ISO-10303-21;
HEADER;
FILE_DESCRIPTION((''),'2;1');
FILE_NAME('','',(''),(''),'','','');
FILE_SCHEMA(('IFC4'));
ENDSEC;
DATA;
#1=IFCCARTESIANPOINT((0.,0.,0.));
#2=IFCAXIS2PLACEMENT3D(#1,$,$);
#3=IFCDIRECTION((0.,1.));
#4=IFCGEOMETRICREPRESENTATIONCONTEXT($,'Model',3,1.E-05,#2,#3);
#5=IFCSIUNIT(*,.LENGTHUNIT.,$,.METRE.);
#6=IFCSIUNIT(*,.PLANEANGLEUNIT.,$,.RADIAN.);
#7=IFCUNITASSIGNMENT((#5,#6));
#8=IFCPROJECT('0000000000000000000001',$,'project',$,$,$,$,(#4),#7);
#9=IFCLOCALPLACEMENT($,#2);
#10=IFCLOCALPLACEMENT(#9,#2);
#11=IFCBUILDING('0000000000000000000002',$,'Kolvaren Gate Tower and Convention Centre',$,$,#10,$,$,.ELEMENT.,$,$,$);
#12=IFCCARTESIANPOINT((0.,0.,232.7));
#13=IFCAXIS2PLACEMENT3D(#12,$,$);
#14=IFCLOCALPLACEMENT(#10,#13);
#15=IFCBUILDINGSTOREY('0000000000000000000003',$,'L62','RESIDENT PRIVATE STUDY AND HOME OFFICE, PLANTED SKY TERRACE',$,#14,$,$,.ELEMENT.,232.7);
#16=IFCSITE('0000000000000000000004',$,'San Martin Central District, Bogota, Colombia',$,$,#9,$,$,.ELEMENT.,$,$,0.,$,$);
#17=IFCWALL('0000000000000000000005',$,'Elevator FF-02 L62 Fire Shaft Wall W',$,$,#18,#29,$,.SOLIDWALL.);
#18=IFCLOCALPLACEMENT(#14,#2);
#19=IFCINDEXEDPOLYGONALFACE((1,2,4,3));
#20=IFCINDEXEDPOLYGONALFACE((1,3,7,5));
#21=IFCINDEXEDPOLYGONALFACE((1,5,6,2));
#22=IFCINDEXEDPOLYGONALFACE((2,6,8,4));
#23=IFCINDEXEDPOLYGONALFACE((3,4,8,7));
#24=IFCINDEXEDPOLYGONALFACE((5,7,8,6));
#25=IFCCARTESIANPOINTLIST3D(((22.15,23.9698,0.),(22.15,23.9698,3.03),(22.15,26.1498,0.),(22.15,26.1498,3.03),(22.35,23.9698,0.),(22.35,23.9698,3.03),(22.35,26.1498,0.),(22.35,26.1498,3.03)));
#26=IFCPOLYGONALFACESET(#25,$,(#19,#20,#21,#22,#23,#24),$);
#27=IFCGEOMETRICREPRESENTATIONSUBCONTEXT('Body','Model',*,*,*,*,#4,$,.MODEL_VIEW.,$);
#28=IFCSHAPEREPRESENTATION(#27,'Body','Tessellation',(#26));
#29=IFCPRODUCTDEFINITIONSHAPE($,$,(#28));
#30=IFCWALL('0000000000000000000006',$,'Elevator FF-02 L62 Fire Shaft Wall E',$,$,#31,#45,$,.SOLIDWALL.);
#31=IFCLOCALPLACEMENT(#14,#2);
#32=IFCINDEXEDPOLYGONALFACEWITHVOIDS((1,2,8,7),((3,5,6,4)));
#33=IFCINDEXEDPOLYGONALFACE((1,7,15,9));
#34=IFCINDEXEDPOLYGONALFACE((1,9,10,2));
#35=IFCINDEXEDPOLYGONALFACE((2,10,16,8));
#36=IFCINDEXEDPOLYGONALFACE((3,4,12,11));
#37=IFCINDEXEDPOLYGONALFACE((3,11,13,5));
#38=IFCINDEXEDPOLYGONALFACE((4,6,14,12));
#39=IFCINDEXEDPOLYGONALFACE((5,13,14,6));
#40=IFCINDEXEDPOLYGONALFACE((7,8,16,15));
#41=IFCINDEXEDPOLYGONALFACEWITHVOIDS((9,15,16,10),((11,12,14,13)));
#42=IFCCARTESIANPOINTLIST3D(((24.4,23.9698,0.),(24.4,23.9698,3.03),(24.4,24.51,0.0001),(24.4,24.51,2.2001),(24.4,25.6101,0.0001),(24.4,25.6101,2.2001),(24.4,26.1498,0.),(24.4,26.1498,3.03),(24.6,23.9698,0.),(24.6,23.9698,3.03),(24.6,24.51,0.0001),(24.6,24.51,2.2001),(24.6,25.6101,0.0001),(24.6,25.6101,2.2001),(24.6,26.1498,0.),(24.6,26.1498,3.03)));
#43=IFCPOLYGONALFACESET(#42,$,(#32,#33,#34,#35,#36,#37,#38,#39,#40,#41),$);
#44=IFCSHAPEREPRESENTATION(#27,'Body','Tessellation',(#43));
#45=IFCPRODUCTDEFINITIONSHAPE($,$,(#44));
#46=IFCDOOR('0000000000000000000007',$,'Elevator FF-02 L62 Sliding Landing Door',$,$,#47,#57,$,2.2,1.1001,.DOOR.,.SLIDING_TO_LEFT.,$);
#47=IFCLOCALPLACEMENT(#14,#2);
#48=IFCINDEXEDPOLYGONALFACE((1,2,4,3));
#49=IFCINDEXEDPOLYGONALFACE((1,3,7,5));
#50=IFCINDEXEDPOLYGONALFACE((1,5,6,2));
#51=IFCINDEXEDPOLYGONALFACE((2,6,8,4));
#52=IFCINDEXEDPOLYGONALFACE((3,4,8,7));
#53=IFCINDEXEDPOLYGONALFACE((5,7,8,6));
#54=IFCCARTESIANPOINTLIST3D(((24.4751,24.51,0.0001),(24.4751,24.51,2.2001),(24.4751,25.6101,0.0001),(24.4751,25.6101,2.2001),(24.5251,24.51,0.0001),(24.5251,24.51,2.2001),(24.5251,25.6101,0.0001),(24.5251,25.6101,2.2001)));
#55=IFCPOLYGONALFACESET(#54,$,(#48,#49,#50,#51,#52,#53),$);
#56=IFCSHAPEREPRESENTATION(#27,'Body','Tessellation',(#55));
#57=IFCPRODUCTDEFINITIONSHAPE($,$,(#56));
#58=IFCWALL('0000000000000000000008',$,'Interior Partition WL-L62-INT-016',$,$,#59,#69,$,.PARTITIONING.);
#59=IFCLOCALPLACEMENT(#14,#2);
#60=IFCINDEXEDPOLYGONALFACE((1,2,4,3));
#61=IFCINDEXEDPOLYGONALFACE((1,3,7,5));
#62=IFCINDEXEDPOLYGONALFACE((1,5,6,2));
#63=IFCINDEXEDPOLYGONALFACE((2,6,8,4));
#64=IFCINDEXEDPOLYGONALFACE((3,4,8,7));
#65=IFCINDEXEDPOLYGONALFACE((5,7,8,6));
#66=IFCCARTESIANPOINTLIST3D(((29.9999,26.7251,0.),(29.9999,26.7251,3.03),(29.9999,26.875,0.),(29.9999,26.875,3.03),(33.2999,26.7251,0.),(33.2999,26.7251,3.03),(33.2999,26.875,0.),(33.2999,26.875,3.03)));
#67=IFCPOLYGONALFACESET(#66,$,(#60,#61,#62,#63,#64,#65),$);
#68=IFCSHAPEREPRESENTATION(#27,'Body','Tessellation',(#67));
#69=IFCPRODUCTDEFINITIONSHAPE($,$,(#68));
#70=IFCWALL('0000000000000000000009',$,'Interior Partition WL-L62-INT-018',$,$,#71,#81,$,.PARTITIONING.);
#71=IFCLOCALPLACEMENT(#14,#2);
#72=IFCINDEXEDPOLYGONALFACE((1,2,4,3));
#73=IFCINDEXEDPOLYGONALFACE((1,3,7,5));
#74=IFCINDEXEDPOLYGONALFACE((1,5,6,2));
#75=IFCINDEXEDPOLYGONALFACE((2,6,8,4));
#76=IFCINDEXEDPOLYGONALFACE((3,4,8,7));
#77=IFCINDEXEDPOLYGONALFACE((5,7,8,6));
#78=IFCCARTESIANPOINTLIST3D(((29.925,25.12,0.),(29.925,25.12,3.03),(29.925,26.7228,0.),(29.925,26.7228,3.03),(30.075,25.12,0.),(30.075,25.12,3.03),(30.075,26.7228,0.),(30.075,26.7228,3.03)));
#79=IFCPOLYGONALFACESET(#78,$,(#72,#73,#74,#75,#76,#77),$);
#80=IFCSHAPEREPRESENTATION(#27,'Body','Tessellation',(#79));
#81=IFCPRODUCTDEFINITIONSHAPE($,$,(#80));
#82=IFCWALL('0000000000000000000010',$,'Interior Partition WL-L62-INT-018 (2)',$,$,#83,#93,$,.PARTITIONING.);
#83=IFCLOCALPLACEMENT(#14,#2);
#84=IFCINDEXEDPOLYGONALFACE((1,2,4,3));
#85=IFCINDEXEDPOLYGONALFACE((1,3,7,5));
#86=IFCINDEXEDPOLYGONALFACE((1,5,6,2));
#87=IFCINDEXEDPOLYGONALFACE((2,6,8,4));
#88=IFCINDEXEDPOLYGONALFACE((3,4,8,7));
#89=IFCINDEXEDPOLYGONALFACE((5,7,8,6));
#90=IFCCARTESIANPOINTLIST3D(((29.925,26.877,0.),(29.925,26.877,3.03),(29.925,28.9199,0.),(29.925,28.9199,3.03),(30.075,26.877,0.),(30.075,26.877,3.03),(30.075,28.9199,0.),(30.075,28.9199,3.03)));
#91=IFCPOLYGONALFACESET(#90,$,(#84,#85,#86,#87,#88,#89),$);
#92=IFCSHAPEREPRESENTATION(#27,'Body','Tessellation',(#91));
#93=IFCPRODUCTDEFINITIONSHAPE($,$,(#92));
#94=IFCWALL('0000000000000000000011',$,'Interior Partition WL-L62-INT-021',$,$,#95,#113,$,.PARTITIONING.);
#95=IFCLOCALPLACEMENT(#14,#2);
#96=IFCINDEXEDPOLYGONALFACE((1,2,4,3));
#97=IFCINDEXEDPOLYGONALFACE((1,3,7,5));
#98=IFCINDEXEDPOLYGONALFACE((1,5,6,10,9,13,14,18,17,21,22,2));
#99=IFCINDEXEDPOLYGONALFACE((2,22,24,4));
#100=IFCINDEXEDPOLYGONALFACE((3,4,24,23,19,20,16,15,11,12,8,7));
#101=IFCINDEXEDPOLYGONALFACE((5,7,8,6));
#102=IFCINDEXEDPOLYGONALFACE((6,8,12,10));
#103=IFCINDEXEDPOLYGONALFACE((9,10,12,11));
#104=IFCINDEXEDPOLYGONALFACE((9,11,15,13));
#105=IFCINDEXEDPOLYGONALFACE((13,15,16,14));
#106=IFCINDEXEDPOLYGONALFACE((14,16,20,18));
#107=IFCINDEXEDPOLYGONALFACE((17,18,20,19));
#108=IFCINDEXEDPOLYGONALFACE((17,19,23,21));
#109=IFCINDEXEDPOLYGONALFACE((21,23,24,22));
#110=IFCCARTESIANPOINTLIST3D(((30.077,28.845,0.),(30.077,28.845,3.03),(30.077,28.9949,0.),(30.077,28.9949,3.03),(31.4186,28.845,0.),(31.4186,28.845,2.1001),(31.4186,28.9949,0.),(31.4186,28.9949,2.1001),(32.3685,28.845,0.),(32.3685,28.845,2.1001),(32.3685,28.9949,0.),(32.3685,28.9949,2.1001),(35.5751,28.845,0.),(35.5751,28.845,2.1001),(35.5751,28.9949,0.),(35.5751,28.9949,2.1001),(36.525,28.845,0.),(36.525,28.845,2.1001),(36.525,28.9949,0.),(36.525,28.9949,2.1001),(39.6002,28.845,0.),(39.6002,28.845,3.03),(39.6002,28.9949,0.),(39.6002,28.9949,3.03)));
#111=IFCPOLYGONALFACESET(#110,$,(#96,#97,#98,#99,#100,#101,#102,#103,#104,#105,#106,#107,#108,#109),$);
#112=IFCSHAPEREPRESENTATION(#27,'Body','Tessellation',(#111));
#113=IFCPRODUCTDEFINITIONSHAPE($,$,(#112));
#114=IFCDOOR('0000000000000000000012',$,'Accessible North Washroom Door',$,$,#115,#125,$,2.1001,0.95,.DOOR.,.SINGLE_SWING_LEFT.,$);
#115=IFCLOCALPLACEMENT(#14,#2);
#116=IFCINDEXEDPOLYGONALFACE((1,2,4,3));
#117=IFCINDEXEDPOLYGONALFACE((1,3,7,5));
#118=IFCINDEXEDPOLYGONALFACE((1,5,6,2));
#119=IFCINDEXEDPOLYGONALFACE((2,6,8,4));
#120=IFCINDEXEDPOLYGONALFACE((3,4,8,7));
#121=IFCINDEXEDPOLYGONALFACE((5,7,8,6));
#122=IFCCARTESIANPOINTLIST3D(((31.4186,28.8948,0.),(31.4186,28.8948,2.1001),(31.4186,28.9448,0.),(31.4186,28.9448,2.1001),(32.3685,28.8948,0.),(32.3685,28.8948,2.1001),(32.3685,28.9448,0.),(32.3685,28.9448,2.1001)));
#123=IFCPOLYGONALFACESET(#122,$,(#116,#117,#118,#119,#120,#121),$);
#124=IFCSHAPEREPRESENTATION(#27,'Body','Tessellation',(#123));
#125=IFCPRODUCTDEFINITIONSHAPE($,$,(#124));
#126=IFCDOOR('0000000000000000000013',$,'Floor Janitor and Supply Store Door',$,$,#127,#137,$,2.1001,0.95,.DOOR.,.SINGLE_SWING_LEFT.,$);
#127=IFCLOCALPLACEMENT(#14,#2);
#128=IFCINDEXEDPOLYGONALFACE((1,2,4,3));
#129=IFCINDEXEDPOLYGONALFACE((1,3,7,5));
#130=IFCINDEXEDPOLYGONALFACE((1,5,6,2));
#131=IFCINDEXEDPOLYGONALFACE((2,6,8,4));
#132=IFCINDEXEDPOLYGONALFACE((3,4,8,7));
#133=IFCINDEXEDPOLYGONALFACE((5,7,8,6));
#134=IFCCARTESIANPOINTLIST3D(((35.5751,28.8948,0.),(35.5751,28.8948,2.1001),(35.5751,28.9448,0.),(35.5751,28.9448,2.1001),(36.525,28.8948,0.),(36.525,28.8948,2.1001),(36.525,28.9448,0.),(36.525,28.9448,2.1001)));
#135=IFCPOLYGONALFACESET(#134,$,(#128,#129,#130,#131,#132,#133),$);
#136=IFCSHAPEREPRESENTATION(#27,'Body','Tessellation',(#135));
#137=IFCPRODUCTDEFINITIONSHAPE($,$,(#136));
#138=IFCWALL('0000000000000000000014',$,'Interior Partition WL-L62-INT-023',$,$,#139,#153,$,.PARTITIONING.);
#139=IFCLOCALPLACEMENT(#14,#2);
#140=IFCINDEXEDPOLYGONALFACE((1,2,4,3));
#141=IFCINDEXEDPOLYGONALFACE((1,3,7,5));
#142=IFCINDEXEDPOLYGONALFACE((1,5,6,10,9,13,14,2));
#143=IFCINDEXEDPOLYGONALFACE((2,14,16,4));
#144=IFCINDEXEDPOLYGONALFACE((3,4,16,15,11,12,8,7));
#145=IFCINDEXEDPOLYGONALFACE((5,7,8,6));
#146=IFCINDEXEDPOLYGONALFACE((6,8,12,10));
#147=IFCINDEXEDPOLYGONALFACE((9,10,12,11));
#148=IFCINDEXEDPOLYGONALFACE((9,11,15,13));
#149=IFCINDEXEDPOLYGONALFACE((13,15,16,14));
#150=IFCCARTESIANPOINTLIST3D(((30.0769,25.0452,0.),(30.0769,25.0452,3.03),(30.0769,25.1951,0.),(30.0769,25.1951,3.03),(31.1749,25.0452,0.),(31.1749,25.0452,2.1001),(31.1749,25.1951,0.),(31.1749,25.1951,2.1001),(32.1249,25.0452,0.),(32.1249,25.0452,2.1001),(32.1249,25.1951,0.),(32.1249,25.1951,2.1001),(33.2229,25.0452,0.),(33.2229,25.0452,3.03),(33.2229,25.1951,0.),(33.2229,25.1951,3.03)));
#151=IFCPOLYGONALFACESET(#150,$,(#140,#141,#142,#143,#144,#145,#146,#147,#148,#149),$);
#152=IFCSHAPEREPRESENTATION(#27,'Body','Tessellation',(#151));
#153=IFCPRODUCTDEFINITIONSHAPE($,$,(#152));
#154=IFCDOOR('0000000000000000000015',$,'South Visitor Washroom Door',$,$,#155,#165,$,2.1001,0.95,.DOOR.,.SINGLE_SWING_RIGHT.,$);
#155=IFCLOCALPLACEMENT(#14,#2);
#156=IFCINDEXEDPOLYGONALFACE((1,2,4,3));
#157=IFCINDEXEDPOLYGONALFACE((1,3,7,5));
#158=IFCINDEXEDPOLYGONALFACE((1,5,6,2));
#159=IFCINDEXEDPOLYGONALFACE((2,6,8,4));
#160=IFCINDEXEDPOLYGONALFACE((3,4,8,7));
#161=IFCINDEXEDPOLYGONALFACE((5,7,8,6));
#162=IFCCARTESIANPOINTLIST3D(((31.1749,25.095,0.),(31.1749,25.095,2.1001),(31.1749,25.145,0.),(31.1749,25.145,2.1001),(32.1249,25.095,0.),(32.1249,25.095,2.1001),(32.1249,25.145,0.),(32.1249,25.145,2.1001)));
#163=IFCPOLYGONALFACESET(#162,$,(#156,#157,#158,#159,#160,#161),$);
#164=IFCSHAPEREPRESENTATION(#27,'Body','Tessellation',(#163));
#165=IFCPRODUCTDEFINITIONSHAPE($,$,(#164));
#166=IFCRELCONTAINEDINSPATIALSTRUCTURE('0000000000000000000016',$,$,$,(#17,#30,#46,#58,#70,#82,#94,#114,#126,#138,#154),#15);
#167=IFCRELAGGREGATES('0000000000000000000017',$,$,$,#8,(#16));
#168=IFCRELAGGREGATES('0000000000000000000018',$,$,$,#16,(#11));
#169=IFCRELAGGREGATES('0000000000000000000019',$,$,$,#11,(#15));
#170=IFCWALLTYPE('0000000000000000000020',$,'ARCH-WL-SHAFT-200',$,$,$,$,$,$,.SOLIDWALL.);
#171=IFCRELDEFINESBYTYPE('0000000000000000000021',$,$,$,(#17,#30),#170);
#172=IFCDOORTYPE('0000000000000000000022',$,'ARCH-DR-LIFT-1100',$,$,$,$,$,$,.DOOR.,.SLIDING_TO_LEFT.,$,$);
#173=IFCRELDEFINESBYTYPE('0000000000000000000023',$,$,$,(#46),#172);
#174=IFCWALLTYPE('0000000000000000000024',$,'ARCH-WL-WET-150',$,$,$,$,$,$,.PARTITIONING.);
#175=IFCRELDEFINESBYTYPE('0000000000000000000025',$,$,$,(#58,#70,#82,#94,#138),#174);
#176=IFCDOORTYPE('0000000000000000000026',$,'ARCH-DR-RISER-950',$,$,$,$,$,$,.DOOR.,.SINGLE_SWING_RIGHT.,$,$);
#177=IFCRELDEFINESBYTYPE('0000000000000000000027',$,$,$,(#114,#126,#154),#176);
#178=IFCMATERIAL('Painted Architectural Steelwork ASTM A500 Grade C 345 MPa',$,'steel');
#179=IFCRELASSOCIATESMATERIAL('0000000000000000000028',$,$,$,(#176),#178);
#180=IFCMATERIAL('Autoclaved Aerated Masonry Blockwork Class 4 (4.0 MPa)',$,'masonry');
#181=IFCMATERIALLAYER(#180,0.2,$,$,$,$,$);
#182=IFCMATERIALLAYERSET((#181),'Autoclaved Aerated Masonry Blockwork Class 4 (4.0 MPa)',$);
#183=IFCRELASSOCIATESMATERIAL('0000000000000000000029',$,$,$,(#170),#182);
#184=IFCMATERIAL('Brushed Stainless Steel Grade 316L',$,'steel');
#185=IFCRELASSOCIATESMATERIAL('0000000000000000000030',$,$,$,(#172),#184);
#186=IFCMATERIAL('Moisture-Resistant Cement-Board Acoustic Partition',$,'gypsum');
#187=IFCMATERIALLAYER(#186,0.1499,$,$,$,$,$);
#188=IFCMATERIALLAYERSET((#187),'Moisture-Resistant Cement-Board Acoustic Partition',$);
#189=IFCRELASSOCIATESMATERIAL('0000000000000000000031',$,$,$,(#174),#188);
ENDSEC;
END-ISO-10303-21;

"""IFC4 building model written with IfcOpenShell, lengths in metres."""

from ifc_helpers import new_model, si_unit, direction, frame, frame_2d, origin, place, context, subcontext, project, spatial, rectangle, extrude, material, layer, layer_set, type_object, element, fill, save


model = new_model("IFC4")

# Units and contexts
model_context = context("Model", 3, precision=1e-05, world=origin(), true_north=direction((0.0, 1.0)))
body_context = subcontext(model_context, "Body", "Model", "MODEL_VIEW")
ifc_project = project(units=[si_unit("LENGTHUNIT", "METRE"), si_unit("PLANEANGLEUNIT", "RADIAN")], contexts=[model_context])

# Site, building, storey
site_placement = place(None, origin())
site = spatial("IfcSite", under=ifc_project, at=site_placement, Name="San Martin Central District, Bogota, Colombia", CompositionType="ELEMENT", RefElevation=0.0)
building_placement = place(site_placement, origin())
building = spatial("IfcBuilding", under=site, at=building_placement, Name="Kolvaren Gate Tower and Convention Centre", CompositionType="ELEMENT")
storey_placement = place(building_placement, frame((0.0, 0.0, 232.7)))
storey = spatial("IfcBuildingStorey", under=building, at=storey_placement, Name="L62", Description="RESIDENT PRIVATE STUDY AND HOME OFFICE, PLANTED SKY TERRACE", CompositionType="ELEMENT", Elevation=232.7)

# Shared definitions
ifc_material_1 = material(Name="Autoclaved Aerated Masonry Blockwork Class 4 (4.0 MPa)", Category="masonry")

# Shared definitions
ifc_material_2 = material(Name="Painted Architectural Steelwork ASTM A500 Grade C 345 MPa", Category="steel")
door_type_1 = type_object("IfcDoorType", Name="ARCH-DR-RISER-950", OperationType="SINGLE_SWING_RIGHT", PredefinedType="DOOR", material=ifc_material_2)

# Shared definitions
ifc_layer_1 = layer(ifc_material_1, 0.2)
ifc_layer_set_1 = layer_set([ifc_layer_1], Name="Autoclaved Aerated Masonry Blockwork Class 4 (4.0 MPa)")
wall_type_1 = type_object("IfcWallType", Name="ARCH-WL-SHAFT-200", PredefinedType="SOLIDWALL", material=ifc_layer_set_1)

# Shared definitions
ifc_material_3 = material(Name="Brushed Stainless Steel Grade 316L", Category="steel")
door_type_2 = type_object("IfcDoorType", Name="ARCH-DR-LIFT-1100", OperationType="SLIDING_TO_LEFT", PredefinedType="DOOR", material=ifc_material_3)

# Wall
wall_1_placement = place(storey_placement, frame((22.25, 23.97, 0.0), z_axis=(0.0, 0.0, 1.0), x_axis=(0.0, 1.0, 0.0)))
element("IfcWall", 1, at=wall_1_placement, inside=storey, type_object=wall_type_1, Name="Elevator FF-02 L62 Fire Shaft Wall W", PredefinedType="SOLIDWALL", context=body_context, shape_type="SweptSolid", body=[
    extrude(rectangle(XDim=2.1799, YDim=0.2, at=frame_2d((1.0898, 0.0))), origin(), (0.0, 0.0, 1.0), 3.03),
])

# Wall, opening, door
wall_2_placement = place(storey_placement, frame((24.5, 23.97, 0.0), z_axis=(0.0, 0.0, 1.0), x_axis=(0.0, 1.0, 0.0)))
wall_2 = element("IfcWall", 2, at=wall_2_placement, inside=storey, type_object=wall_type_1, Name="Elevator FF-02 L62 Fire Shaft Wall E", PredefinedType="SOLIDWALL", context=body_context, shape_type="SweptSolid", body=[
    extrude(rectangle(XDim=2.1799, YDim=0.2, at=frame_2d((1.0898, 0.0))), origin(), (0.0, 0.0, 1.0), 3.03),
])
opening_1_placement = place(wall_2_placement, frame((0.54, 0.0, 0.0)))
opening_1 = element("IfcOpeningElement", 3, at=opening_1_placement, cuts=wall_2, PredefinedType="OPENING", context=body_context, shape_type="SweptSolid", body=[
    extrude(rectangle(XDim=1.1001, YDim=2.2, at=frame_2d((0.55, 1.1001))), frame((0.0, 0.1099, 0.0), z_axis=(0.0, -1.0, 0.0), x_axis=(1.0, 0.0, 0.0)), (0.0, 0.0, 1.0), 0.22),
])
door_1_placement = place(opening_1_placement, origin())
door_1 = element("IfcDoor", 4, at=door_1_placement, inside=storey, type_object=door_type_2, Name="Elevator FF-02 L62 Sliding Landing Door", OperationType="SLIDING_TO_LEFT", OverallHeight=2.2, OverallWidth=1.1001, PredefinedType="DOOR", context=body_context, shape_type="SweptSolid", body=[
    extrude(rectangle(XDim=1.1001, YDim=2.2, at=frame_2d((0.55, 1.1001))), frame((0.0, 0.0249, 0.0), z_axis=(0.0, -1.0, 0.0), x_axis=(1.0, 0.0, 0.0)), (0.0, 0.0, 1.0), 0.05),
])
fill(opening_1, door_1)

# Walls
ifc_material_4 = material(Name="Moisture-Resistant Cement-Board Acoustic Partition", Category="gypsum")
ifc_layer_2 = layer(ifc_material_4, 0.1499)
ifc_layer_set_2 = layer_set([ifc_layer_2], Name="Moisture-Resistant Cement-Board Acoustic Partition")
wall_type_2 = type_object("IfcWallType", Name="ARCH-WL-WET-150", PredefinedType="PARTITIONING", material=ifc_layer_set_2)
wall_3_placement = place(storey_placement, frame((30.0, 26.8, 0.0), z_axis=(0.0, 0.0, 1.0), x_axis=(1.0, 0.0, 0.0)))
element("IfcWall", 5, at=wall_3_placement, inside=storey, type_object=wall_type_2, Name="Interior Partition WL-L62-INT-016", PredefinedType="PARTITIONING", context=body_context, shape_type="SweptSolid", body=[
    extrude(rectangle(XDim=3.3, YDim=0.1499, at=frame_2d((1.6499, 0.0))), origin(), (0.0, 0.0, 1.0), 3.03),
])
wall_4_placement = place(storey_placement, frame((30.0, 25.1201, 0.0), z_axis=(0.0, 0.0, 1.0), x_axis=(0.0, 1.0, 0.0)))
element("IfcWall", 6, at=wall_4_placement, inside=storey, type_object=wall_type_2, Name="Interior Partition WL-L62-INT-018", PredefinedType="PARTITIONING", context=body_context, shape_type="SweptSolid", body=[
    extrude(rectangle(XDim=1.6028, YDim=0.1499, at=frame_2d((0.8013, 0.0))), origin(), (0.0, 0.0, 1.0), 3.03),
])
wall_5_placement = place(storey_placement, frame((30.0, 26.877, 0.0), z_axis=(0.0, 0.0, 1.0), x_axis=(0.0, 1.0, 0.0)))
element("IfcWall", 7, at=wall_5_placement, inside=storey, type_object=wall_type_2, Name="Interior Partition WL-L62-INT-018 (2)", PredefinedType="PARTITIONING", context=body_context, shape_type="SweptSolid", body=[
    extrude(rectangle(XDim=2.043, YDim=0.1499, at=frame_2d((1.0215, 0.0))), origin(), (0.0, 0.0, 1.0), 3.03),
])

# Wall, openings, doors
wall_6_placement = place(storey_placement, frame((30.0769, 28.9199, 0.0), z_axis=(0.0, 0.0, 1.0), x_axis=(1.0, 0.0, 0.0)))
wall_6 = element("IfcWall", 8, at=wall_6_placement, inside=storey, type_object=wall_type_2, Name="Interior Partition WL-L62-INT-021", PredefinedType="PARTITIONING", context=body_context, shape_type="SweptSolid", body=[
    extrude(rectangle(XDim=9.5232, YDim=0.1499, at=frame_2d((4.7617, 0.0))), origin(), (0.0, 0.0, 1.0), 3.03),
])
opening_2_placement = place(wall_6_placement, frame((1.3416, 0.0, 0.0)))
opening_2 = element("IfcOpeningElement", 9, at=opening_2_placement, cuts=wall_6, PredefinedType="OPENING", context=body_context, shape_type="SweptSolid", body=[
    extrude(rectangle(XDim=0.95, YDim=2.1001, at=frame_2d((0.4751, 1.05))), frame((0.0, 0.085, 0.0), z_axis=(0.0, -1.0, 0.0), x_axis=(1.0, 0.0, 0.0)), (0.0, 0.0, 1.0), 0.1699),
])
opening_3_placement = place(wall_6_placement, frame((5.498, 0.0, 0.0)))
opening_3 = element("IfcOpeningElement", 10, at=opening_3_placement, cuts=wall_6, PredefinedType="OPENING", context=body_context, shape_type="SweptSolid", body=[
    extrude(rectangle(XDim=0.95, YDim=2.1001, at=frame_2d((0.4751, 1.05))), frame((0.0, 0.085, 0.0), z_axis=(0.0, -1.0, 0.0), x_axis=(1.0, 0.0, 0.0)), (0.0, 0.0, 1.0), 0.1699),
])
door_2_placement = place(opening_2_placement, origin())
door_2 = element("IfcDoor", 11, at=door_2_placement, inside=storey, type_object=door_type_1, Name="Accessible North Washroom Door", OperationType="SINGLE_SWING_LEFT", OverallHeight=2.1001, OverallWidth=0.95, PredefinedType="DOOR", context=body_context, shape_type="SweptSolid", body=[
    extrude(rectangle(XDim=0.95, YDim=2.1001, at=frame_2d((0.4751, 1.05))), frame((0.0, 0.0249, 0.0), z_axis=(0.0, -1.0, 0.0), x_axis=(1.0, 0.0, 0.0)), (0.0, 0.0, 1.0), 0.05),
])
fill(opening_2, door_2)
door_3_placement = place(opening_3_placement, origin())
door_3 = element("IfcDoor", 12, at=door_3_placement, inside=storey, type_object=door_type_1, Name="Floor Janitor and Supply Store Door", OperationType="SINGLE_SWING_LEFT", OverallHeight=2.1001, OverallWidth=0.95, PredefinedType="DOOR", context=body_context, shape_type="SweptSolid", body=[
    extrude(rectangle(XDim=0.95, YDim=2.1001, at=frame_2d((0.4751, 1.05))), frame((0.0, 0.0249, 0.0), z_axis=(0.0, -1.0, 0.0), x_axis=(1.0, 0.0, 0.0)), (0.0, 0.0, 1.0), 0.05),
])
fill(opening_3, door_3)

# Wall, opening, door
wall_7_placement = place(storey_placement, frame((30.0769, 25.1201, 0.0), z_axis=(0.0, 0.0, 1.0), x_axis=(1.0, 0.0, 0.0)))
wall_7 = element("IfcWall", 13, at=wall_7_placement, inside=storey, type_object=wall_type_2, Name="Interior Partition WL-L62-INT-023", PredefinedType="PARTITIONING", context=body_context, shape_type="SweptSolid", body=[
    extrude(rectangle(XDim=3.146, YDim=0.1499, at=frame_2d((1.573, 0.0))), origin(), (0.0, 0.0, 1.0), 3.03),
])
opening_4_placement = place(wall_7_placement, frame((1.0979, 0.0, 0.0)))
opening_4 = element("IfcOpeningElement", 14, at=opening_4_placement, cuts=wall_7, PredefinedType="OPENING", context=body_context, shape_type="SweptSolid", body=[
    extrude(rectangle(XDim=0.95, YDim=2.1001, at=frame_2d((0.4751, 1.05))), frame((0.0, 0.085, 0.0), z_axis=(0.0, -1.0, 0.0), x_axis=(1.0, 0.0, 0.0)), (0.0, 0.0, 1.0), 0.1699),
])
door_4_placement = place(opening_4_placement, origin())
door_4 = element("IfcDoor", 15, at=door_4_placement, inside=storey, type_object=door_type_1, Name="South Visitor Washroom Door", OperationType="SINGLE_SWING_RIGHT", OverallHeight=2.1001, OverallWidth=0.95, PredefinedType="DOOR", context=body_context, shape_type="SweptSolid", body=[
    extrude(rectangle(XDim=0.95, YDim=2.1001, at=frame_2d((0.4751, 1.05))), frame((0.0, 0.0249, 0.0), z_axis=(0.0, -1.0, 0.0), x_axis=(1.0, 0.0, 0.0)), (0.0, 0.0, 1.0), 0.05),
])
fill(opening_4, door_4)

save(model, "model.ifc")
